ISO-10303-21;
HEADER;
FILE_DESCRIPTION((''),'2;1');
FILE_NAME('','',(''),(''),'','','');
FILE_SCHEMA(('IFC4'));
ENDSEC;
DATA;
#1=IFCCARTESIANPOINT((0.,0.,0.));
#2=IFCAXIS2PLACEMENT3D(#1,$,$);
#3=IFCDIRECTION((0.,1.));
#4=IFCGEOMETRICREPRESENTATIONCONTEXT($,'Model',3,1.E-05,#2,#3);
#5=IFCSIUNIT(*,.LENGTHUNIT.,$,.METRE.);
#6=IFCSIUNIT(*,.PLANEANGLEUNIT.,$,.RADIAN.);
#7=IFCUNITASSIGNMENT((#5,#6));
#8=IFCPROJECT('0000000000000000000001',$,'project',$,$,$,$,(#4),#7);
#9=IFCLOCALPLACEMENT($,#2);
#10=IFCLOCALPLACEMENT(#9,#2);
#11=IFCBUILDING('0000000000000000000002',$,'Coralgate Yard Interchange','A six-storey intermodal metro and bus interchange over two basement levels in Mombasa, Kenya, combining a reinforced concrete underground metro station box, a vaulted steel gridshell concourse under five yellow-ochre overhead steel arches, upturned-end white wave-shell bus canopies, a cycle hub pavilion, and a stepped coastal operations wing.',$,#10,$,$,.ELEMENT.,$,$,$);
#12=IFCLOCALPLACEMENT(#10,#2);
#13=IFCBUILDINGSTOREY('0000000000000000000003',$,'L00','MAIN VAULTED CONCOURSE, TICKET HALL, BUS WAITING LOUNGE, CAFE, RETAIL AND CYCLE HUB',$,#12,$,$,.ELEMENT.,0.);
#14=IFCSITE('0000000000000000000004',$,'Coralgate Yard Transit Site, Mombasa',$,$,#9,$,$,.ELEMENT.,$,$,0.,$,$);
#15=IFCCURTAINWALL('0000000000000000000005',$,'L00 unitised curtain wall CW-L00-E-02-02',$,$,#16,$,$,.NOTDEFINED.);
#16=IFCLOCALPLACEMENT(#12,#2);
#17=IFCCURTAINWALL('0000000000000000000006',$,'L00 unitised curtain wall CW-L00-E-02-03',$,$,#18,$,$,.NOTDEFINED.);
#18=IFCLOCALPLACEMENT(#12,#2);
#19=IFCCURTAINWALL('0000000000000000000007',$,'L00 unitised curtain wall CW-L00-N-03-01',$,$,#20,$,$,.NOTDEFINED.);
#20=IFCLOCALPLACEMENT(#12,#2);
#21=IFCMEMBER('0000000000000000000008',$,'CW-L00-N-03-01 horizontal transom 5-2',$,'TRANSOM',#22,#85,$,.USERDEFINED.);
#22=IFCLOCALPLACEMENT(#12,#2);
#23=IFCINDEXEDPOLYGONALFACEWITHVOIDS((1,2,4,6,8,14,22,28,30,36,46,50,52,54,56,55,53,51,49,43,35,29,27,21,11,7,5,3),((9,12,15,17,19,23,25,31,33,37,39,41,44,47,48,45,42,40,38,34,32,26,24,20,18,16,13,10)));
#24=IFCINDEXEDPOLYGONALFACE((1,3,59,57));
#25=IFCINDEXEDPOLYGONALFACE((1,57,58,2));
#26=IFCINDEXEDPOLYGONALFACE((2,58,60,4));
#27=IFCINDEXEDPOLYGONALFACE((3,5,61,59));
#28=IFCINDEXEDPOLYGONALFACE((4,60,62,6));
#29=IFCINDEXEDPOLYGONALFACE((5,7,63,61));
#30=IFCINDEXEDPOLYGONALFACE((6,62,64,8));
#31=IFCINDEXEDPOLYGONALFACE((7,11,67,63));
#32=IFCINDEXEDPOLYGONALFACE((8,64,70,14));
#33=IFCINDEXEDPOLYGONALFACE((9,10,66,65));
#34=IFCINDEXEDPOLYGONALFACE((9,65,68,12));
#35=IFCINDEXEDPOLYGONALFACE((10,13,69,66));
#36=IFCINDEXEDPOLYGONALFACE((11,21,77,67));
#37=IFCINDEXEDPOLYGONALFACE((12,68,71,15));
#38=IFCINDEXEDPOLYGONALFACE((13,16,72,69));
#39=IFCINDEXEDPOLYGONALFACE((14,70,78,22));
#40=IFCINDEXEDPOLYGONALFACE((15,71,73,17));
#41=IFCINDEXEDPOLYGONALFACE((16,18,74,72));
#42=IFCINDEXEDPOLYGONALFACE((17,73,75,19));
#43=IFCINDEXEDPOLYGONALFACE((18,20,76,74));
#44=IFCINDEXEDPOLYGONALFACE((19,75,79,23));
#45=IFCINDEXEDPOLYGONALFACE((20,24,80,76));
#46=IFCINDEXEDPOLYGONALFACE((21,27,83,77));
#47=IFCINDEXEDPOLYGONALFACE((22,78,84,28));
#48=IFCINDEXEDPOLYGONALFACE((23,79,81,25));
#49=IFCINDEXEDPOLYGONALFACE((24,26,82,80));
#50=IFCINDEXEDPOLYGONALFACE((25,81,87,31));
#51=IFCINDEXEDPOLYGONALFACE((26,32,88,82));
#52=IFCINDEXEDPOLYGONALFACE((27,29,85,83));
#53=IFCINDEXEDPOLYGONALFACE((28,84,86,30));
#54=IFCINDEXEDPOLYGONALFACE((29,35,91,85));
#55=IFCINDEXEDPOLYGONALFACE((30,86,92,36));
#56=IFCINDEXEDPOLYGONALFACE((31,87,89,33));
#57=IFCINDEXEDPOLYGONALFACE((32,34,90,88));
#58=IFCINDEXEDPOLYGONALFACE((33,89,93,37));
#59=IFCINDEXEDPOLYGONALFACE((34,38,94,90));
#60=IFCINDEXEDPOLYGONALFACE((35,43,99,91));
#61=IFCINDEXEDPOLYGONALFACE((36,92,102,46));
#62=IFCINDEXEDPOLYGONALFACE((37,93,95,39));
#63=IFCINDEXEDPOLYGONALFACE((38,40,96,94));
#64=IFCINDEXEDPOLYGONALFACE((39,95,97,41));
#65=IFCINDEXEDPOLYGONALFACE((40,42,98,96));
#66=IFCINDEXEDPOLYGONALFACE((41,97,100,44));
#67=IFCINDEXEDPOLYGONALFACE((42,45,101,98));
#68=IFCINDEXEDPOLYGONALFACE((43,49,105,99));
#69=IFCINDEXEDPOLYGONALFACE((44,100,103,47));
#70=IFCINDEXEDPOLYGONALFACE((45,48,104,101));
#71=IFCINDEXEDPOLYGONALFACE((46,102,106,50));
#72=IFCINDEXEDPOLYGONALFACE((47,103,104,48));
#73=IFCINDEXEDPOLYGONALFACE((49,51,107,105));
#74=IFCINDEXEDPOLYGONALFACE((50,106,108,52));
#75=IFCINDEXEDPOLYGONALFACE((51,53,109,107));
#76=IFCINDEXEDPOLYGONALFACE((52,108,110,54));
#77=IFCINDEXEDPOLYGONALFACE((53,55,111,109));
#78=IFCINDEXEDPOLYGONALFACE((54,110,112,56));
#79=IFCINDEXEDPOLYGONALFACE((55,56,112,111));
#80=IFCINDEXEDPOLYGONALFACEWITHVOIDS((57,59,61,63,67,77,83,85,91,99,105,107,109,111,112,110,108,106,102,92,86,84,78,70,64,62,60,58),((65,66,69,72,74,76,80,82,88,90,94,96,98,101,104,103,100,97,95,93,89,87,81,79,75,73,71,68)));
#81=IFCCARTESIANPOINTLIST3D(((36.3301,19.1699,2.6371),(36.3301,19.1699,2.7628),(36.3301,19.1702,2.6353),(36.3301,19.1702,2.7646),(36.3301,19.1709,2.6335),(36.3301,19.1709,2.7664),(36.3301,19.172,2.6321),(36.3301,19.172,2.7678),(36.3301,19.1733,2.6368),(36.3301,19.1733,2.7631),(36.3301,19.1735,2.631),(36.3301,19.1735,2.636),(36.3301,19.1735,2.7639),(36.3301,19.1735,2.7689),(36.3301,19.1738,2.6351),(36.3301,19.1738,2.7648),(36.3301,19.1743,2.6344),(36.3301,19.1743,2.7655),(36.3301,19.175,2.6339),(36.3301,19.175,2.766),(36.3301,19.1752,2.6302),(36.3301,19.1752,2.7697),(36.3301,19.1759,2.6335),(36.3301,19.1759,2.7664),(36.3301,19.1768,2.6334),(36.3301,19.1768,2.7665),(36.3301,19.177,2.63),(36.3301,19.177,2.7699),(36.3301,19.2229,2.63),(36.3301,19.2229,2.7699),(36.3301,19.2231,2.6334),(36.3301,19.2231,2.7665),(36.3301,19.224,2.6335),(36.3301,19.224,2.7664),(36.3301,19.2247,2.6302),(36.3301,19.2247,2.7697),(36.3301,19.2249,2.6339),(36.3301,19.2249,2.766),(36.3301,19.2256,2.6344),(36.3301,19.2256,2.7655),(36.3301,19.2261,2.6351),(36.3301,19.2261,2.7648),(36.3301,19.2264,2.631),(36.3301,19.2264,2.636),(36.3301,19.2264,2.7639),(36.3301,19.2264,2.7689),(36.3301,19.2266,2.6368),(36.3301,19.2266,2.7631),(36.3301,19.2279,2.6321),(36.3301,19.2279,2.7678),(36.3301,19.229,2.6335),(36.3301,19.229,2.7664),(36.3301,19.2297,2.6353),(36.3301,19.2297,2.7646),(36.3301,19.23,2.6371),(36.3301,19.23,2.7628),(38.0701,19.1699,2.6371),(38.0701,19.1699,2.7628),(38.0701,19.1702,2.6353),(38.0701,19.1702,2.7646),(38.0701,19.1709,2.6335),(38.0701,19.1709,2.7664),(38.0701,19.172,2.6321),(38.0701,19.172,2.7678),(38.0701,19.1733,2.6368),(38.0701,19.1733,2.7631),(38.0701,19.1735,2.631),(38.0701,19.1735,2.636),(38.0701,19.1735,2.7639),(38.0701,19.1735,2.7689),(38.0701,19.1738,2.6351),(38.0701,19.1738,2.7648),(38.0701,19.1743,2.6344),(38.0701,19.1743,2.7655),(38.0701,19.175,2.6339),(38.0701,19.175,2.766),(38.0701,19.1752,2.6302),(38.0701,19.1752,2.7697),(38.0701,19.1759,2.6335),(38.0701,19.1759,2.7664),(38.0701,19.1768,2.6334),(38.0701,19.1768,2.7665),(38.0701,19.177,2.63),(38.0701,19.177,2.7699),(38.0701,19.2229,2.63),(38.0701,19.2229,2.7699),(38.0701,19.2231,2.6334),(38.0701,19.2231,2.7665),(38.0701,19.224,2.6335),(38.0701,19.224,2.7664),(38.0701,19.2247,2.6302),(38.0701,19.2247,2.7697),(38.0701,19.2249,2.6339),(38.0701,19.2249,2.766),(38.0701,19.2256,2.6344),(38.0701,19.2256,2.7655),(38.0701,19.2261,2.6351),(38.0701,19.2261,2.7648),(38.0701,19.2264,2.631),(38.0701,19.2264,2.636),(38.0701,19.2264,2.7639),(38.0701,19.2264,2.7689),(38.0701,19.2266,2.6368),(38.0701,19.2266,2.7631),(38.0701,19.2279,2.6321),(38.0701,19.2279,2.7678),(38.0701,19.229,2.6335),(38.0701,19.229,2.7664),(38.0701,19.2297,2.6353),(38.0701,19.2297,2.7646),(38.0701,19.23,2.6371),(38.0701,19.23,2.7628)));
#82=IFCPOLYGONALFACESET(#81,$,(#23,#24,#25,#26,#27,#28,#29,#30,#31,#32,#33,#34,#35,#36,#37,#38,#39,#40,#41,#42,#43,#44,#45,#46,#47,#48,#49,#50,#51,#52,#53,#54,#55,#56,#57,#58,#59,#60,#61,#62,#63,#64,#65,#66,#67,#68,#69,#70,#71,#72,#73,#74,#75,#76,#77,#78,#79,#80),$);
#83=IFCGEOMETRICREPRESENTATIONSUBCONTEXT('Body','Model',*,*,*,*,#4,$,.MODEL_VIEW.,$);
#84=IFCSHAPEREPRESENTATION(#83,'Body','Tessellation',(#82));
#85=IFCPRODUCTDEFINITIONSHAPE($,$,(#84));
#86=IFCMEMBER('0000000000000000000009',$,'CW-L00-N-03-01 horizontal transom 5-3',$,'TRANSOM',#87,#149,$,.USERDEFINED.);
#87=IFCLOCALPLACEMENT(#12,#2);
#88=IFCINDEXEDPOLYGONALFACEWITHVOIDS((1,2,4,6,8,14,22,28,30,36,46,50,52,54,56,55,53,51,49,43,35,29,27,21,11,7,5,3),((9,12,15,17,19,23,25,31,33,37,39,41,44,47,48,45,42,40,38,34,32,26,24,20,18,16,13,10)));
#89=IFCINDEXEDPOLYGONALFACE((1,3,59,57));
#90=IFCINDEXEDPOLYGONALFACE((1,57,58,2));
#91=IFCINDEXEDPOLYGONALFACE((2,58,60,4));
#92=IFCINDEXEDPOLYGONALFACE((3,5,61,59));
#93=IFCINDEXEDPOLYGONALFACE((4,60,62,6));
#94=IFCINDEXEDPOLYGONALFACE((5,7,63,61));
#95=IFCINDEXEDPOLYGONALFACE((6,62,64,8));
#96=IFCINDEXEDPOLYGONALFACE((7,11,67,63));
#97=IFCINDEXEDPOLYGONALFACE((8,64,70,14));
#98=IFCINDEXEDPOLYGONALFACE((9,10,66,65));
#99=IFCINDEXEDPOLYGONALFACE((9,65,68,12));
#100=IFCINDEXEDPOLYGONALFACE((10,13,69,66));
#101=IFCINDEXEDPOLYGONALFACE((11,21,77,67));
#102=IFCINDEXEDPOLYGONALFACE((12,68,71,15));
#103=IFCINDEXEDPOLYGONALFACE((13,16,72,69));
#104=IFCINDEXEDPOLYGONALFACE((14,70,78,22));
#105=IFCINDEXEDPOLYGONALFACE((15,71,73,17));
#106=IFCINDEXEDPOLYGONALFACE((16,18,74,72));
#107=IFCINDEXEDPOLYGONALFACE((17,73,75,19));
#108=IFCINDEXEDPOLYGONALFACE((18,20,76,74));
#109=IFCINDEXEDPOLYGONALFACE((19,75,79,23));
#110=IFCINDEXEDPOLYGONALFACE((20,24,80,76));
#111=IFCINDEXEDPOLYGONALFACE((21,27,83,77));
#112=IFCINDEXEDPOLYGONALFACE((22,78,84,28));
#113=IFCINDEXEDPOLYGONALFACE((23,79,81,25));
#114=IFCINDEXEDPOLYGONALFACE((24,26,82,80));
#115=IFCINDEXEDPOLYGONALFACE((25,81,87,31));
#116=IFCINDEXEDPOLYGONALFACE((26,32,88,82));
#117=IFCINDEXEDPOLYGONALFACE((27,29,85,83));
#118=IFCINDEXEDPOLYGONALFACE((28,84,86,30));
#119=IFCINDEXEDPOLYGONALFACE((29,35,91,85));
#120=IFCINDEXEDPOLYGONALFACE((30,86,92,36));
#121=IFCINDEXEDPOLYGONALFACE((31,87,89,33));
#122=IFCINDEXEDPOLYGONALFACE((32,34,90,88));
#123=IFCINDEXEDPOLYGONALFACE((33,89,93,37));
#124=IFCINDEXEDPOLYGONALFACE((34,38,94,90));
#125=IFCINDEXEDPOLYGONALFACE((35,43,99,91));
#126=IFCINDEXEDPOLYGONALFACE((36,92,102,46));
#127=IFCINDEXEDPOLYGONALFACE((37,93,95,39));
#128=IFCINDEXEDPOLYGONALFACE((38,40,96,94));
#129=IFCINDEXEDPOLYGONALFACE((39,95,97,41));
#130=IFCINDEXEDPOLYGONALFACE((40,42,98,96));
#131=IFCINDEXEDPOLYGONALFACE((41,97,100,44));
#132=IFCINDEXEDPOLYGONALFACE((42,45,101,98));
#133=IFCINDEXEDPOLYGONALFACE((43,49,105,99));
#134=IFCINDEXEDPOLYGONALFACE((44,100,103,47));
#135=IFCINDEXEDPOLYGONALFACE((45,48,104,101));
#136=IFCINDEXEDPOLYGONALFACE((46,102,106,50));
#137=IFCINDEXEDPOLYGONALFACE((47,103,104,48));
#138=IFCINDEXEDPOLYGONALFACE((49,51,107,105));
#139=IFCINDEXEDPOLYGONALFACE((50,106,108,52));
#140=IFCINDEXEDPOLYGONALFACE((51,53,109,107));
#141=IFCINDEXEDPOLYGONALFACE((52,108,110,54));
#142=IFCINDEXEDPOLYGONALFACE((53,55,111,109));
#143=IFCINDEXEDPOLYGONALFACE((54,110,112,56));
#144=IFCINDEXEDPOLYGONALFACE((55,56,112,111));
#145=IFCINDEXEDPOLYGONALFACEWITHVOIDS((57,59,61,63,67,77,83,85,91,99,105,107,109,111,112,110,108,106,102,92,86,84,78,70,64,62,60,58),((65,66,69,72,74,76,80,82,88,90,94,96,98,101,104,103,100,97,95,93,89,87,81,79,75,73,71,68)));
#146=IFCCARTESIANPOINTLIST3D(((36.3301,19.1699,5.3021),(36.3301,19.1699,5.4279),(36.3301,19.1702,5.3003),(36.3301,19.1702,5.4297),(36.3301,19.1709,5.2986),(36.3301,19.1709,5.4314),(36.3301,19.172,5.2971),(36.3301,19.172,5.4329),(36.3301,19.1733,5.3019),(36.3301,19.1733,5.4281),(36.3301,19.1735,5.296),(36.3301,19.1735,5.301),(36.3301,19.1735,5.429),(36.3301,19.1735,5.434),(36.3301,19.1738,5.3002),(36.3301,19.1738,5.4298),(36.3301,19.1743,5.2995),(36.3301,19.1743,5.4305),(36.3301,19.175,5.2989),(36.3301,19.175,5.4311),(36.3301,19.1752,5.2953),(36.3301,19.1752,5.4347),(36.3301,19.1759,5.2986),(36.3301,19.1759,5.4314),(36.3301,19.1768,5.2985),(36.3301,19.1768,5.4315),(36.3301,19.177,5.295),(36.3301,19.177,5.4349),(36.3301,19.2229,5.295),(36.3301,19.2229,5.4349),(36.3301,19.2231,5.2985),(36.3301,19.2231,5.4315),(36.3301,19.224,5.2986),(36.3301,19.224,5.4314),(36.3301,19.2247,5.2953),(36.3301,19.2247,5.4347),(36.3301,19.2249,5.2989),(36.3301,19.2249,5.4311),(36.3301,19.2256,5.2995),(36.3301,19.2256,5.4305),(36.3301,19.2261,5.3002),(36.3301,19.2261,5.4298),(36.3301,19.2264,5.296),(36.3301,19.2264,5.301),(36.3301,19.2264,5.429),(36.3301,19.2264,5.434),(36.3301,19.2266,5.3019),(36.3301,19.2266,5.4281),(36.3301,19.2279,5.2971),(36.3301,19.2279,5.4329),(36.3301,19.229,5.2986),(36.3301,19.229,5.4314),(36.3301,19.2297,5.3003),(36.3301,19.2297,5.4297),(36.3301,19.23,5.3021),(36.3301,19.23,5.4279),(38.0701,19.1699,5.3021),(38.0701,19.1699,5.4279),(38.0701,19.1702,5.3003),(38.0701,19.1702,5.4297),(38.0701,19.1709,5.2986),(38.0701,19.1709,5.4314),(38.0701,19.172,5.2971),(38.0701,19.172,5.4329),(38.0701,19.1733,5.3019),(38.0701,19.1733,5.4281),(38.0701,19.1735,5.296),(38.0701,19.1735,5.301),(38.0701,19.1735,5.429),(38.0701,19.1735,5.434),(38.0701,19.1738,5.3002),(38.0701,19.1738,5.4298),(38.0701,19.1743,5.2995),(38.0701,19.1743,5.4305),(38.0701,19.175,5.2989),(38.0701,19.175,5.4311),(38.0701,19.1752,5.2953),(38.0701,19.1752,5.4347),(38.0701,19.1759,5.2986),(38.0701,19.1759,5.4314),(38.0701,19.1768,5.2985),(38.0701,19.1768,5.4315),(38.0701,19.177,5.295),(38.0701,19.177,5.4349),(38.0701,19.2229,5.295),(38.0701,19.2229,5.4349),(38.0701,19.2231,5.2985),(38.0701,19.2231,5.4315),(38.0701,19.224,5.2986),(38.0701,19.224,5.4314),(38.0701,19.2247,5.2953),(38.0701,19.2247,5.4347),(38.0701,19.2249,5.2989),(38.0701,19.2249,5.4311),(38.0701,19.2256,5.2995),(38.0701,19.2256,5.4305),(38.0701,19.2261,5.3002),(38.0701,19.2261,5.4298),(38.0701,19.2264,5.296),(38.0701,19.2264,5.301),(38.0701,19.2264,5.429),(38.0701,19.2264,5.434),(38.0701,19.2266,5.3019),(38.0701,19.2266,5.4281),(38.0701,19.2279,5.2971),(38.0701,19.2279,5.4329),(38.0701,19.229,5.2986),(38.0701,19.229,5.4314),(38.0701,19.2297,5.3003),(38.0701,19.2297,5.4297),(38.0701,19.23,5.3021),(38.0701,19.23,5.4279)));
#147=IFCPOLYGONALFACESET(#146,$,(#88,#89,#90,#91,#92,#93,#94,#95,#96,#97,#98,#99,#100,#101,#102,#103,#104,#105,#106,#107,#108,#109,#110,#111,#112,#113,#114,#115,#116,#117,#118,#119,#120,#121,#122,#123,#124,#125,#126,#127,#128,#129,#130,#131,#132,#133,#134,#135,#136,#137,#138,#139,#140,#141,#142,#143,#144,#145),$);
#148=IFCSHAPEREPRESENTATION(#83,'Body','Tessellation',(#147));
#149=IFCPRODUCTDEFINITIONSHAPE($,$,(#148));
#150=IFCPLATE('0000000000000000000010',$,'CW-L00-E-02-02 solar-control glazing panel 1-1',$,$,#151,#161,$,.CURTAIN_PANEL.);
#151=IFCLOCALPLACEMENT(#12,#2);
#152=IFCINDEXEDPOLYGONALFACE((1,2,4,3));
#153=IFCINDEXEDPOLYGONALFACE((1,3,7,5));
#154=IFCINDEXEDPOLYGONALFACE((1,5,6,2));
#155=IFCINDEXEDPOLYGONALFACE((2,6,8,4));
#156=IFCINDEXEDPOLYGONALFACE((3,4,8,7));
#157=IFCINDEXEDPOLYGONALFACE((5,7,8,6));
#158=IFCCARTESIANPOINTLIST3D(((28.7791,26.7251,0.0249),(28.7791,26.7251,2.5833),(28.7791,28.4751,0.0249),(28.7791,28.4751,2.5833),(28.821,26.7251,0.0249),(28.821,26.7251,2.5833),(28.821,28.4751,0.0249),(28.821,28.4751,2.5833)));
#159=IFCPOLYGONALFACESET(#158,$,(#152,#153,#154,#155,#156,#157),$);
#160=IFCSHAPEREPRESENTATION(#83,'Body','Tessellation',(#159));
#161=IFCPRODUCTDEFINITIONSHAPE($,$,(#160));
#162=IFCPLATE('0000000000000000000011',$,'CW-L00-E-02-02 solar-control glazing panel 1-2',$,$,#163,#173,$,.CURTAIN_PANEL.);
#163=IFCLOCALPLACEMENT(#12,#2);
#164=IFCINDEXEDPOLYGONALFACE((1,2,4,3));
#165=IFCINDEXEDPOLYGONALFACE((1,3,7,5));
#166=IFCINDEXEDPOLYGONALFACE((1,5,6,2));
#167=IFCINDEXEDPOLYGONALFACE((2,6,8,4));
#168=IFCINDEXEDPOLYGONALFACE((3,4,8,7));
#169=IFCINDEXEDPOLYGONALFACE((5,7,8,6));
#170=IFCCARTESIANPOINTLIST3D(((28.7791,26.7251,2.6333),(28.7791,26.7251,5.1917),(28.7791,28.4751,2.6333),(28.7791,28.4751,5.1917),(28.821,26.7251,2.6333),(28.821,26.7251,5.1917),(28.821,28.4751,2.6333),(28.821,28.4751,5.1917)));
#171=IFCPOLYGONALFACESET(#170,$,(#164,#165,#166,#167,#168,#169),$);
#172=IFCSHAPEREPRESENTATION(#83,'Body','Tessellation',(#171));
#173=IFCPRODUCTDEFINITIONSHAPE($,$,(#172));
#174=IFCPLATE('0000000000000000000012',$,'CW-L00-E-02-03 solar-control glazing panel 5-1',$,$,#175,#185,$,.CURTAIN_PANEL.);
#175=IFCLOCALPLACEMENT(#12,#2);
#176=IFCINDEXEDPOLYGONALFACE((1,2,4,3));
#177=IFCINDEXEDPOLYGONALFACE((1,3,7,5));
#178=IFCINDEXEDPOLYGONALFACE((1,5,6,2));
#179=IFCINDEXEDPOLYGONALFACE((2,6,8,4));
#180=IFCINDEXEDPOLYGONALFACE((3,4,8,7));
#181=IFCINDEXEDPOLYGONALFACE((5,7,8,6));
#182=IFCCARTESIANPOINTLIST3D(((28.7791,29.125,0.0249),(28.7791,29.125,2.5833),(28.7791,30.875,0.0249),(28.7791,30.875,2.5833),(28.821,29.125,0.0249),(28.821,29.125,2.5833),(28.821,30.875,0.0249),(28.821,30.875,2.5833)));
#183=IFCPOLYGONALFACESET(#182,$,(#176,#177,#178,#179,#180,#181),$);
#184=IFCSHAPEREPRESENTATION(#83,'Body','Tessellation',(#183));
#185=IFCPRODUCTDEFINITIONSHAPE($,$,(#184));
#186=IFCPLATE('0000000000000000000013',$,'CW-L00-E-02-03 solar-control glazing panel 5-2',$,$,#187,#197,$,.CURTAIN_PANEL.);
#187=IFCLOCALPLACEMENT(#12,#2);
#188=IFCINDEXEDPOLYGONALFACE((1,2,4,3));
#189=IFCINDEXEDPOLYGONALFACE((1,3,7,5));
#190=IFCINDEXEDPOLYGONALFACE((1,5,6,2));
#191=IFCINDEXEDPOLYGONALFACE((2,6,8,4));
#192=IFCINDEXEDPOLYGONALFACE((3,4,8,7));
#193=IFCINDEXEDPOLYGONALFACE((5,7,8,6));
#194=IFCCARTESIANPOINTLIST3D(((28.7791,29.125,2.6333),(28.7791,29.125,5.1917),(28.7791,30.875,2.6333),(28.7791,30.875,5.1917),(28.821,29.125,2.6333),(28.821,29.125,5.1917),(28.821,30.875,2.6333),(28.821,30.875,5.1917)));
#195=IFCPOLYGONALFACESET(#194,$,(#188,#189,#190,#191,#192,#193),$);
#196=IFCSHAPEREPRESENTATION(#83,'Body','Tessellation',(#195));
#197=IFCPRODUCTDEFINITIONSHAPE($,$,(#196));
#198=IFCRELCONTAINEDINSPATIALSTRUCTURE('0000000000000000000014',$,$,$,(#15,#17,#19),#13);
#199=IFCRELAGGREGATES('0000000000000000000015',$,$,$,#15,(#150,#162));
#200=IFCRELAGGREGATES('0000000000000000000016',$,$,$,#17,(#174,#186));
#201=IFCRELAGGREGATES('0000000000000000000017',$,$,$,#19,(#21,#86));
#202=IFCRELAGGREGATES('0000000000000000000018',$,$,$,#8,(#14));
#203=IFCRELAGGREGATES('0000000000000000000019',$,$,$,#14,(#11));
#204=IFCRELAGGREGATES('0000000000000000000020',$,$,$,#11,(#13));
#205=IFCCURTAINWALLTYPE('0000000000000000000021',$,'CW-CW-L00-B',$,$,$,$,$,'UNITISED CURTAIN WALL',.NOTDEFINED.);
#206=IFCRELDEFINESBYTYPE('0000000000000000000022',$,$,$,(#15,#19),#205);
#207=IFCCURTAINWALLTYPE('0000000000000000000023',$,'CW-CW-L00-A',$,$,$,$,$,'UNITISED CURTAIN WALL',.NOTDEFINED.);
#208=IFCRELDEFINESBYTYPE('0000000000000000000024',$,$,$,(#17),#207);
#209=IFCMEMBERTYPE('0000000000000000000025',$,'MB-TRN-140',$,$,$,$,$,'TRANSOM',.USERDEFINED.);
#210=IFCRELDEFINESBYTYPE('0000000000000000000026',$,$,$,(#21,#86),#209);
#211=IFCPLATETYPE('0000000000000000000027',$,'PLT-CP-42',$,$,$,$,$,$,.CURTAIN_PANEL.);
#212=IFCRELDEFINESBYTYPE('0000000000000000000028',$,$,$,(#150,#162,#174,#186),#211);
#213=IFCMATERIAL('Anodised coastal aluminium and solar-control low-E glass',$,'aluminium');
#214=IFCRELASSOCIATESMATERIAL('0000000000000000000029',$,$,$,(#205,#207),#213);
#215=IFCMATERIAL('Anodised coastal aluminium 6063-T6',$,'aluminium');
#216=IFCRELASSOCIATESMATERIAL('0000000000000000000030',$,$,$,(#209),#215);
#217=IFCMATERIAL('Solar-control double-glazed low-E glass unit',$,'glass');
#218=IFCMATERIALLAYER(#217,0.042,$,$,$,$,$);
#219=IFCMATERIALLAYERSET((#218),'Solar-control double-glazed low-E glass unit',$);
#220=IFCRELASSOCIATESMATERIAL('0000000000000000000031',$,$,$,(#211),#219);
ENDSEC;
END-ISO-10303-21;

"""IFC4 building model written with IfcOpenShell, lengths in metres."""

from ifc_helpers import new_model, si_unit, direction, frame, origin, origin_2d, place, context, subcontext, project, spatial, rectangle, hollow_rectangle, extrude, material, layer, layer_set, material_profile, profile_set, type_object, element, aggregate, save


model = new_model("IFC4")

# Units and contexts
model_context = context("Model", 3, precision=1e-05, world=origin(), true_north=direction((0.0, 1.0)))
body_context = subcontext(model_context, "Body", "Model", "MODEL_VIEW")
ifc_project = project(units=[si_unit("LENGTHUNIT", "METRE"), si_unit("PLANEANGLEUNIT", "RADIAN")], contexts=[model_context])

# Site, building, storey
site_placement = place(None, origin())
site = spatial("IfcSite", under=ifc_project, at=site_placement, Name="Coralgate Yard Transit Site, Mombasa", CompositionType="ELEMENT", RefElevation=0.0)
building_placement = place(site_placement, origin())
building = spatial("IfcBuilding", under=site, at=building_placement, Name="Coralgate Yard Interchange", Description="A six-storey intermodal metro and bus interchange over two basement levels in Mombasa, Kenya, combining a reinforced concrete underground metro station box, a vaulted steel gridshell concourse under five yellow-ochre overhead steel arches, upturned-end white wave-shell bus canopies, a cycle hub pavilion, and a stepped coastal operations wing.", CompositionType="ELEMENT")
storey_placement = place(building_placement, origin())
storey = spatial("IfcBuildingStorey", under=building, at=storey_placement, Name="L00", Description="MAIN VAULTED CONCOURSE, TICKET HALL, BUS WAITING LOUNGE, CAFE, RETAIL AND CYCLE HUB", CompositionType="ELEMENT", Elevation=0.0)

# Curtain walls
ifc_material_1 = material(Name="Anodised coastal aluminium and solar-control low-E glass", Category="aluminium")
curtain_wall_type_1 = type_object("IfcCurtainWallType", Name="CW-CW-L00-B", ElementType="UNITISED CURTAIN WALL", PredefinedType="NOTDEFINED", material=ifc_material_1)
curtain_wall_1_placement = place(storey_placement, origin())
curtain_wall_1 = element("IfcCurtainWall", 1, at=curtain_wall_1_placement, inside=storey, type_object=curtain_wall_type_1, Name="L00 unitised curtain wall CW-L00-E-02-02", PredefinedType="NOTDEFINED")
ifc_material_2 = material(Name="Anodised coastal aluminium 6063-T6", Category="aluminium")
curtain_wall_type_2 = type_object("IfcCurtainWallType", Name="CW-CW-L00-A", ElementType="UNITISED CURTAIN WALL", PredefinedType="NOTDEFINED", material=ifc_material_1)
curtain_wall_2_placement = place(storey_placement, origin())
curtain_wall_2 = element("IfcCurtainWall", 2, at=curtain_wall_2_placement, inside=storey, type_object=curtain_wall_type_2, Name="L00 unitised curtain wall CW-L00-E-02-03", PredefinedType="NOTDEFINED")

# Curtain wall
curtain_wall_3_placement = place(storey_placement, origin())
curtain_wall_3 = element("IfcCurtainWall", 3, at=curtain_wall_3_placement, inside=storey, type_object=curtain_wall_type_1, Name="L00 unitised curtain wall CW-L00-N-03-01", PredefinedType="NOTDEFINED")

# Members
ifc_material_profile_1 = material_profile(ifc_material_2, hollow_rectangle(XDim=0.0601, YDim=0.1399, WallThickness=0.0034, InnerFilletRadius=0.0034, OuterFilletRadius=0.0071, at=origin_2d()), Name="ALU 60x140x3.5")
ifc_profile_set_1 = profile_set([ifc_material_profile_1], Name="Anodised coastal aluminium 6063-T6")
member_type_1 = type_object("IfcMemberType", Name="MB-TRN-140", ElementType="TRANSOM", PredefinedType="USERDEFINED", material=ifc_profile_set_1)
member_1_placement = place(storey_placement, frame((36.3301, 19.2, 2.7), z_axis=(1.0, 0.0, 0.0), x_axis=(0.0, 1.0, 0.0)))
member_1 = element("IfcMember", 4, at=member_1_placement, type_object=member_type_1, Name="CW-L00-N-03-01 horizontal transom 5-2", ObjectType="TRANSOM", PredefinedType="USERDEFINED", context=body_context, shape_type="SweptSolid", body=[
    extrude(hollow_rectangle(XDim=0.0601, YDim=0.1399, WallThickness=0.0034, InnerFilletRadius=0.0034, OuterFilletRadius=0.0071, at=origin_2d()), origin(), (0.0, 0.0, 1.0), 1.74),
])
member_2_placement = place(storey_placement, frame((36.3301, 19.2, 5.365), z_axis=(1.0, 0.0, 0.0), x_axis=(0.0, 1.0, 0.0)))
member_2 = element("IfcMember", 5, at=member_2_placement, type_object=member_type_1, Name="CW-L00-N-03-01 horizontal transom 5-3", ObjectType="TRANSOM", PredefinedType="USERDEFINED", context=body_context, shape_type="SweptSolid", body=[
    extrude(hollow_rectangle(XDim=0.0601, YDim=0.1399, WallThickness=0.0034, InnerFilletRadius=0.0034, OuterFilletRadius=0.0071, at=origin_2d()), origin(), (0.0, 0.0, 1.0), 1.74),
])

# Plates
ifc_material_3 = material(Name="Solar-control double-glazed low-E glass unit", Category="glass")
ifc_layer = layer(ifc_material_3, 0.042)
ifc_layer_set = layer_set([ifc_layer], Name="Solar-control double-glazed low-E glass unit")
plate_type = type_object("IfcPlateType", Name="PLT-CP-42", PredefinedType="CURTAIN_PANEL", material=ifc_layer_set)
plate_1_placement = place(storey_placement, frame((28.8, 27.6001, 0.0249), z_axis=(0.0, 0.0, 1.0), x_axis=(0.0, -1.0, 0.0)))
plate_1 = element("IfcPlate", 6, at=plate_1_placement, type_object=plate_type, Name="CW-L00-E-02-02 solar-control glazing panel 1-1", PredefinedType="CURTAIN_PANEL", context=body_context, shape_type="SweptSolid", body=[
    extrude(rectangle(XDim=1.75, YDim=0.042, at=origin_2d()), origin(), (0.0, 0.0, 1.0), 2.5583),
])
plate_2_placement = place(storey_placement, frame((28.8, 27.6001, 2.6333), z_axis=(0.0, 0.0, 1.0), x_axis=(0.0, -1.0, 0.0)))
plate_2 = element("IfcPlate", 7, at=plate_2_placement, type_object=plate_type, Name="CW-L00-E-02-02 solar-control glazing panel 1-2", PredefinedType="CURTAIN_PANEL", context=body_context, shape_type="SweptSolid", body=[
    extrude(rectangle(XDim=1.75, YDim=0.042, at=origin_2d()), origin(), (0.0, 0.0, 1.0), 2.5583),
])
aggregate(curtain_wall_1, [plate_1, plate_2])
plate_3_placement = place(storey_placement, frame((28.8, 30.0, 0.0249), z_axis=(0.0, 0.0, 1.0), x_axis=(0.0, -1.0, 0.0)))
plate_3 = element("IfcPlate", 8, at=plate_3_placement, type_object=plate_type, Name="CW-L00-E-02-03 solar-control glazing panel 5-1", PredefinedType="CURTAIN_PANEL", context=body_context, shape_type="SweptSolid", body=[
    extrude(rectangle(XDim=1.75, YDim=0.042, at=origin_2d()), origin(), (0.0, 0.0, 1.0), 2.5583),
])
plate_4_placement = place(storey_placement, frame((28.8, 30.0, 2.6333), z_axis=(0.0, 0.0, 1.0), x_axis=(0.0, -1.0, 0.0)))
plate_4 = element("IfcPlate", 9, at=plate_4_placement, type_object=plate_type, Name="CW-L00-E-02-03 solar-control glazing panel 5-2", PredefinedType="CURTAIN_PANEL", context=body_context, shape_type="SweptSolid", body=[
    extrude(rectangle(XDim=1.75, YDim=0.042, at=origin_2d()), origin(), (0.0, 0.0, 1.0), 2.5583),
])
aggregate(curtain_wall_2, [plate_3, plate_4])
aggregate(curtain_wall_3, [member_1, member_2])

save(model, "model.ifc")
